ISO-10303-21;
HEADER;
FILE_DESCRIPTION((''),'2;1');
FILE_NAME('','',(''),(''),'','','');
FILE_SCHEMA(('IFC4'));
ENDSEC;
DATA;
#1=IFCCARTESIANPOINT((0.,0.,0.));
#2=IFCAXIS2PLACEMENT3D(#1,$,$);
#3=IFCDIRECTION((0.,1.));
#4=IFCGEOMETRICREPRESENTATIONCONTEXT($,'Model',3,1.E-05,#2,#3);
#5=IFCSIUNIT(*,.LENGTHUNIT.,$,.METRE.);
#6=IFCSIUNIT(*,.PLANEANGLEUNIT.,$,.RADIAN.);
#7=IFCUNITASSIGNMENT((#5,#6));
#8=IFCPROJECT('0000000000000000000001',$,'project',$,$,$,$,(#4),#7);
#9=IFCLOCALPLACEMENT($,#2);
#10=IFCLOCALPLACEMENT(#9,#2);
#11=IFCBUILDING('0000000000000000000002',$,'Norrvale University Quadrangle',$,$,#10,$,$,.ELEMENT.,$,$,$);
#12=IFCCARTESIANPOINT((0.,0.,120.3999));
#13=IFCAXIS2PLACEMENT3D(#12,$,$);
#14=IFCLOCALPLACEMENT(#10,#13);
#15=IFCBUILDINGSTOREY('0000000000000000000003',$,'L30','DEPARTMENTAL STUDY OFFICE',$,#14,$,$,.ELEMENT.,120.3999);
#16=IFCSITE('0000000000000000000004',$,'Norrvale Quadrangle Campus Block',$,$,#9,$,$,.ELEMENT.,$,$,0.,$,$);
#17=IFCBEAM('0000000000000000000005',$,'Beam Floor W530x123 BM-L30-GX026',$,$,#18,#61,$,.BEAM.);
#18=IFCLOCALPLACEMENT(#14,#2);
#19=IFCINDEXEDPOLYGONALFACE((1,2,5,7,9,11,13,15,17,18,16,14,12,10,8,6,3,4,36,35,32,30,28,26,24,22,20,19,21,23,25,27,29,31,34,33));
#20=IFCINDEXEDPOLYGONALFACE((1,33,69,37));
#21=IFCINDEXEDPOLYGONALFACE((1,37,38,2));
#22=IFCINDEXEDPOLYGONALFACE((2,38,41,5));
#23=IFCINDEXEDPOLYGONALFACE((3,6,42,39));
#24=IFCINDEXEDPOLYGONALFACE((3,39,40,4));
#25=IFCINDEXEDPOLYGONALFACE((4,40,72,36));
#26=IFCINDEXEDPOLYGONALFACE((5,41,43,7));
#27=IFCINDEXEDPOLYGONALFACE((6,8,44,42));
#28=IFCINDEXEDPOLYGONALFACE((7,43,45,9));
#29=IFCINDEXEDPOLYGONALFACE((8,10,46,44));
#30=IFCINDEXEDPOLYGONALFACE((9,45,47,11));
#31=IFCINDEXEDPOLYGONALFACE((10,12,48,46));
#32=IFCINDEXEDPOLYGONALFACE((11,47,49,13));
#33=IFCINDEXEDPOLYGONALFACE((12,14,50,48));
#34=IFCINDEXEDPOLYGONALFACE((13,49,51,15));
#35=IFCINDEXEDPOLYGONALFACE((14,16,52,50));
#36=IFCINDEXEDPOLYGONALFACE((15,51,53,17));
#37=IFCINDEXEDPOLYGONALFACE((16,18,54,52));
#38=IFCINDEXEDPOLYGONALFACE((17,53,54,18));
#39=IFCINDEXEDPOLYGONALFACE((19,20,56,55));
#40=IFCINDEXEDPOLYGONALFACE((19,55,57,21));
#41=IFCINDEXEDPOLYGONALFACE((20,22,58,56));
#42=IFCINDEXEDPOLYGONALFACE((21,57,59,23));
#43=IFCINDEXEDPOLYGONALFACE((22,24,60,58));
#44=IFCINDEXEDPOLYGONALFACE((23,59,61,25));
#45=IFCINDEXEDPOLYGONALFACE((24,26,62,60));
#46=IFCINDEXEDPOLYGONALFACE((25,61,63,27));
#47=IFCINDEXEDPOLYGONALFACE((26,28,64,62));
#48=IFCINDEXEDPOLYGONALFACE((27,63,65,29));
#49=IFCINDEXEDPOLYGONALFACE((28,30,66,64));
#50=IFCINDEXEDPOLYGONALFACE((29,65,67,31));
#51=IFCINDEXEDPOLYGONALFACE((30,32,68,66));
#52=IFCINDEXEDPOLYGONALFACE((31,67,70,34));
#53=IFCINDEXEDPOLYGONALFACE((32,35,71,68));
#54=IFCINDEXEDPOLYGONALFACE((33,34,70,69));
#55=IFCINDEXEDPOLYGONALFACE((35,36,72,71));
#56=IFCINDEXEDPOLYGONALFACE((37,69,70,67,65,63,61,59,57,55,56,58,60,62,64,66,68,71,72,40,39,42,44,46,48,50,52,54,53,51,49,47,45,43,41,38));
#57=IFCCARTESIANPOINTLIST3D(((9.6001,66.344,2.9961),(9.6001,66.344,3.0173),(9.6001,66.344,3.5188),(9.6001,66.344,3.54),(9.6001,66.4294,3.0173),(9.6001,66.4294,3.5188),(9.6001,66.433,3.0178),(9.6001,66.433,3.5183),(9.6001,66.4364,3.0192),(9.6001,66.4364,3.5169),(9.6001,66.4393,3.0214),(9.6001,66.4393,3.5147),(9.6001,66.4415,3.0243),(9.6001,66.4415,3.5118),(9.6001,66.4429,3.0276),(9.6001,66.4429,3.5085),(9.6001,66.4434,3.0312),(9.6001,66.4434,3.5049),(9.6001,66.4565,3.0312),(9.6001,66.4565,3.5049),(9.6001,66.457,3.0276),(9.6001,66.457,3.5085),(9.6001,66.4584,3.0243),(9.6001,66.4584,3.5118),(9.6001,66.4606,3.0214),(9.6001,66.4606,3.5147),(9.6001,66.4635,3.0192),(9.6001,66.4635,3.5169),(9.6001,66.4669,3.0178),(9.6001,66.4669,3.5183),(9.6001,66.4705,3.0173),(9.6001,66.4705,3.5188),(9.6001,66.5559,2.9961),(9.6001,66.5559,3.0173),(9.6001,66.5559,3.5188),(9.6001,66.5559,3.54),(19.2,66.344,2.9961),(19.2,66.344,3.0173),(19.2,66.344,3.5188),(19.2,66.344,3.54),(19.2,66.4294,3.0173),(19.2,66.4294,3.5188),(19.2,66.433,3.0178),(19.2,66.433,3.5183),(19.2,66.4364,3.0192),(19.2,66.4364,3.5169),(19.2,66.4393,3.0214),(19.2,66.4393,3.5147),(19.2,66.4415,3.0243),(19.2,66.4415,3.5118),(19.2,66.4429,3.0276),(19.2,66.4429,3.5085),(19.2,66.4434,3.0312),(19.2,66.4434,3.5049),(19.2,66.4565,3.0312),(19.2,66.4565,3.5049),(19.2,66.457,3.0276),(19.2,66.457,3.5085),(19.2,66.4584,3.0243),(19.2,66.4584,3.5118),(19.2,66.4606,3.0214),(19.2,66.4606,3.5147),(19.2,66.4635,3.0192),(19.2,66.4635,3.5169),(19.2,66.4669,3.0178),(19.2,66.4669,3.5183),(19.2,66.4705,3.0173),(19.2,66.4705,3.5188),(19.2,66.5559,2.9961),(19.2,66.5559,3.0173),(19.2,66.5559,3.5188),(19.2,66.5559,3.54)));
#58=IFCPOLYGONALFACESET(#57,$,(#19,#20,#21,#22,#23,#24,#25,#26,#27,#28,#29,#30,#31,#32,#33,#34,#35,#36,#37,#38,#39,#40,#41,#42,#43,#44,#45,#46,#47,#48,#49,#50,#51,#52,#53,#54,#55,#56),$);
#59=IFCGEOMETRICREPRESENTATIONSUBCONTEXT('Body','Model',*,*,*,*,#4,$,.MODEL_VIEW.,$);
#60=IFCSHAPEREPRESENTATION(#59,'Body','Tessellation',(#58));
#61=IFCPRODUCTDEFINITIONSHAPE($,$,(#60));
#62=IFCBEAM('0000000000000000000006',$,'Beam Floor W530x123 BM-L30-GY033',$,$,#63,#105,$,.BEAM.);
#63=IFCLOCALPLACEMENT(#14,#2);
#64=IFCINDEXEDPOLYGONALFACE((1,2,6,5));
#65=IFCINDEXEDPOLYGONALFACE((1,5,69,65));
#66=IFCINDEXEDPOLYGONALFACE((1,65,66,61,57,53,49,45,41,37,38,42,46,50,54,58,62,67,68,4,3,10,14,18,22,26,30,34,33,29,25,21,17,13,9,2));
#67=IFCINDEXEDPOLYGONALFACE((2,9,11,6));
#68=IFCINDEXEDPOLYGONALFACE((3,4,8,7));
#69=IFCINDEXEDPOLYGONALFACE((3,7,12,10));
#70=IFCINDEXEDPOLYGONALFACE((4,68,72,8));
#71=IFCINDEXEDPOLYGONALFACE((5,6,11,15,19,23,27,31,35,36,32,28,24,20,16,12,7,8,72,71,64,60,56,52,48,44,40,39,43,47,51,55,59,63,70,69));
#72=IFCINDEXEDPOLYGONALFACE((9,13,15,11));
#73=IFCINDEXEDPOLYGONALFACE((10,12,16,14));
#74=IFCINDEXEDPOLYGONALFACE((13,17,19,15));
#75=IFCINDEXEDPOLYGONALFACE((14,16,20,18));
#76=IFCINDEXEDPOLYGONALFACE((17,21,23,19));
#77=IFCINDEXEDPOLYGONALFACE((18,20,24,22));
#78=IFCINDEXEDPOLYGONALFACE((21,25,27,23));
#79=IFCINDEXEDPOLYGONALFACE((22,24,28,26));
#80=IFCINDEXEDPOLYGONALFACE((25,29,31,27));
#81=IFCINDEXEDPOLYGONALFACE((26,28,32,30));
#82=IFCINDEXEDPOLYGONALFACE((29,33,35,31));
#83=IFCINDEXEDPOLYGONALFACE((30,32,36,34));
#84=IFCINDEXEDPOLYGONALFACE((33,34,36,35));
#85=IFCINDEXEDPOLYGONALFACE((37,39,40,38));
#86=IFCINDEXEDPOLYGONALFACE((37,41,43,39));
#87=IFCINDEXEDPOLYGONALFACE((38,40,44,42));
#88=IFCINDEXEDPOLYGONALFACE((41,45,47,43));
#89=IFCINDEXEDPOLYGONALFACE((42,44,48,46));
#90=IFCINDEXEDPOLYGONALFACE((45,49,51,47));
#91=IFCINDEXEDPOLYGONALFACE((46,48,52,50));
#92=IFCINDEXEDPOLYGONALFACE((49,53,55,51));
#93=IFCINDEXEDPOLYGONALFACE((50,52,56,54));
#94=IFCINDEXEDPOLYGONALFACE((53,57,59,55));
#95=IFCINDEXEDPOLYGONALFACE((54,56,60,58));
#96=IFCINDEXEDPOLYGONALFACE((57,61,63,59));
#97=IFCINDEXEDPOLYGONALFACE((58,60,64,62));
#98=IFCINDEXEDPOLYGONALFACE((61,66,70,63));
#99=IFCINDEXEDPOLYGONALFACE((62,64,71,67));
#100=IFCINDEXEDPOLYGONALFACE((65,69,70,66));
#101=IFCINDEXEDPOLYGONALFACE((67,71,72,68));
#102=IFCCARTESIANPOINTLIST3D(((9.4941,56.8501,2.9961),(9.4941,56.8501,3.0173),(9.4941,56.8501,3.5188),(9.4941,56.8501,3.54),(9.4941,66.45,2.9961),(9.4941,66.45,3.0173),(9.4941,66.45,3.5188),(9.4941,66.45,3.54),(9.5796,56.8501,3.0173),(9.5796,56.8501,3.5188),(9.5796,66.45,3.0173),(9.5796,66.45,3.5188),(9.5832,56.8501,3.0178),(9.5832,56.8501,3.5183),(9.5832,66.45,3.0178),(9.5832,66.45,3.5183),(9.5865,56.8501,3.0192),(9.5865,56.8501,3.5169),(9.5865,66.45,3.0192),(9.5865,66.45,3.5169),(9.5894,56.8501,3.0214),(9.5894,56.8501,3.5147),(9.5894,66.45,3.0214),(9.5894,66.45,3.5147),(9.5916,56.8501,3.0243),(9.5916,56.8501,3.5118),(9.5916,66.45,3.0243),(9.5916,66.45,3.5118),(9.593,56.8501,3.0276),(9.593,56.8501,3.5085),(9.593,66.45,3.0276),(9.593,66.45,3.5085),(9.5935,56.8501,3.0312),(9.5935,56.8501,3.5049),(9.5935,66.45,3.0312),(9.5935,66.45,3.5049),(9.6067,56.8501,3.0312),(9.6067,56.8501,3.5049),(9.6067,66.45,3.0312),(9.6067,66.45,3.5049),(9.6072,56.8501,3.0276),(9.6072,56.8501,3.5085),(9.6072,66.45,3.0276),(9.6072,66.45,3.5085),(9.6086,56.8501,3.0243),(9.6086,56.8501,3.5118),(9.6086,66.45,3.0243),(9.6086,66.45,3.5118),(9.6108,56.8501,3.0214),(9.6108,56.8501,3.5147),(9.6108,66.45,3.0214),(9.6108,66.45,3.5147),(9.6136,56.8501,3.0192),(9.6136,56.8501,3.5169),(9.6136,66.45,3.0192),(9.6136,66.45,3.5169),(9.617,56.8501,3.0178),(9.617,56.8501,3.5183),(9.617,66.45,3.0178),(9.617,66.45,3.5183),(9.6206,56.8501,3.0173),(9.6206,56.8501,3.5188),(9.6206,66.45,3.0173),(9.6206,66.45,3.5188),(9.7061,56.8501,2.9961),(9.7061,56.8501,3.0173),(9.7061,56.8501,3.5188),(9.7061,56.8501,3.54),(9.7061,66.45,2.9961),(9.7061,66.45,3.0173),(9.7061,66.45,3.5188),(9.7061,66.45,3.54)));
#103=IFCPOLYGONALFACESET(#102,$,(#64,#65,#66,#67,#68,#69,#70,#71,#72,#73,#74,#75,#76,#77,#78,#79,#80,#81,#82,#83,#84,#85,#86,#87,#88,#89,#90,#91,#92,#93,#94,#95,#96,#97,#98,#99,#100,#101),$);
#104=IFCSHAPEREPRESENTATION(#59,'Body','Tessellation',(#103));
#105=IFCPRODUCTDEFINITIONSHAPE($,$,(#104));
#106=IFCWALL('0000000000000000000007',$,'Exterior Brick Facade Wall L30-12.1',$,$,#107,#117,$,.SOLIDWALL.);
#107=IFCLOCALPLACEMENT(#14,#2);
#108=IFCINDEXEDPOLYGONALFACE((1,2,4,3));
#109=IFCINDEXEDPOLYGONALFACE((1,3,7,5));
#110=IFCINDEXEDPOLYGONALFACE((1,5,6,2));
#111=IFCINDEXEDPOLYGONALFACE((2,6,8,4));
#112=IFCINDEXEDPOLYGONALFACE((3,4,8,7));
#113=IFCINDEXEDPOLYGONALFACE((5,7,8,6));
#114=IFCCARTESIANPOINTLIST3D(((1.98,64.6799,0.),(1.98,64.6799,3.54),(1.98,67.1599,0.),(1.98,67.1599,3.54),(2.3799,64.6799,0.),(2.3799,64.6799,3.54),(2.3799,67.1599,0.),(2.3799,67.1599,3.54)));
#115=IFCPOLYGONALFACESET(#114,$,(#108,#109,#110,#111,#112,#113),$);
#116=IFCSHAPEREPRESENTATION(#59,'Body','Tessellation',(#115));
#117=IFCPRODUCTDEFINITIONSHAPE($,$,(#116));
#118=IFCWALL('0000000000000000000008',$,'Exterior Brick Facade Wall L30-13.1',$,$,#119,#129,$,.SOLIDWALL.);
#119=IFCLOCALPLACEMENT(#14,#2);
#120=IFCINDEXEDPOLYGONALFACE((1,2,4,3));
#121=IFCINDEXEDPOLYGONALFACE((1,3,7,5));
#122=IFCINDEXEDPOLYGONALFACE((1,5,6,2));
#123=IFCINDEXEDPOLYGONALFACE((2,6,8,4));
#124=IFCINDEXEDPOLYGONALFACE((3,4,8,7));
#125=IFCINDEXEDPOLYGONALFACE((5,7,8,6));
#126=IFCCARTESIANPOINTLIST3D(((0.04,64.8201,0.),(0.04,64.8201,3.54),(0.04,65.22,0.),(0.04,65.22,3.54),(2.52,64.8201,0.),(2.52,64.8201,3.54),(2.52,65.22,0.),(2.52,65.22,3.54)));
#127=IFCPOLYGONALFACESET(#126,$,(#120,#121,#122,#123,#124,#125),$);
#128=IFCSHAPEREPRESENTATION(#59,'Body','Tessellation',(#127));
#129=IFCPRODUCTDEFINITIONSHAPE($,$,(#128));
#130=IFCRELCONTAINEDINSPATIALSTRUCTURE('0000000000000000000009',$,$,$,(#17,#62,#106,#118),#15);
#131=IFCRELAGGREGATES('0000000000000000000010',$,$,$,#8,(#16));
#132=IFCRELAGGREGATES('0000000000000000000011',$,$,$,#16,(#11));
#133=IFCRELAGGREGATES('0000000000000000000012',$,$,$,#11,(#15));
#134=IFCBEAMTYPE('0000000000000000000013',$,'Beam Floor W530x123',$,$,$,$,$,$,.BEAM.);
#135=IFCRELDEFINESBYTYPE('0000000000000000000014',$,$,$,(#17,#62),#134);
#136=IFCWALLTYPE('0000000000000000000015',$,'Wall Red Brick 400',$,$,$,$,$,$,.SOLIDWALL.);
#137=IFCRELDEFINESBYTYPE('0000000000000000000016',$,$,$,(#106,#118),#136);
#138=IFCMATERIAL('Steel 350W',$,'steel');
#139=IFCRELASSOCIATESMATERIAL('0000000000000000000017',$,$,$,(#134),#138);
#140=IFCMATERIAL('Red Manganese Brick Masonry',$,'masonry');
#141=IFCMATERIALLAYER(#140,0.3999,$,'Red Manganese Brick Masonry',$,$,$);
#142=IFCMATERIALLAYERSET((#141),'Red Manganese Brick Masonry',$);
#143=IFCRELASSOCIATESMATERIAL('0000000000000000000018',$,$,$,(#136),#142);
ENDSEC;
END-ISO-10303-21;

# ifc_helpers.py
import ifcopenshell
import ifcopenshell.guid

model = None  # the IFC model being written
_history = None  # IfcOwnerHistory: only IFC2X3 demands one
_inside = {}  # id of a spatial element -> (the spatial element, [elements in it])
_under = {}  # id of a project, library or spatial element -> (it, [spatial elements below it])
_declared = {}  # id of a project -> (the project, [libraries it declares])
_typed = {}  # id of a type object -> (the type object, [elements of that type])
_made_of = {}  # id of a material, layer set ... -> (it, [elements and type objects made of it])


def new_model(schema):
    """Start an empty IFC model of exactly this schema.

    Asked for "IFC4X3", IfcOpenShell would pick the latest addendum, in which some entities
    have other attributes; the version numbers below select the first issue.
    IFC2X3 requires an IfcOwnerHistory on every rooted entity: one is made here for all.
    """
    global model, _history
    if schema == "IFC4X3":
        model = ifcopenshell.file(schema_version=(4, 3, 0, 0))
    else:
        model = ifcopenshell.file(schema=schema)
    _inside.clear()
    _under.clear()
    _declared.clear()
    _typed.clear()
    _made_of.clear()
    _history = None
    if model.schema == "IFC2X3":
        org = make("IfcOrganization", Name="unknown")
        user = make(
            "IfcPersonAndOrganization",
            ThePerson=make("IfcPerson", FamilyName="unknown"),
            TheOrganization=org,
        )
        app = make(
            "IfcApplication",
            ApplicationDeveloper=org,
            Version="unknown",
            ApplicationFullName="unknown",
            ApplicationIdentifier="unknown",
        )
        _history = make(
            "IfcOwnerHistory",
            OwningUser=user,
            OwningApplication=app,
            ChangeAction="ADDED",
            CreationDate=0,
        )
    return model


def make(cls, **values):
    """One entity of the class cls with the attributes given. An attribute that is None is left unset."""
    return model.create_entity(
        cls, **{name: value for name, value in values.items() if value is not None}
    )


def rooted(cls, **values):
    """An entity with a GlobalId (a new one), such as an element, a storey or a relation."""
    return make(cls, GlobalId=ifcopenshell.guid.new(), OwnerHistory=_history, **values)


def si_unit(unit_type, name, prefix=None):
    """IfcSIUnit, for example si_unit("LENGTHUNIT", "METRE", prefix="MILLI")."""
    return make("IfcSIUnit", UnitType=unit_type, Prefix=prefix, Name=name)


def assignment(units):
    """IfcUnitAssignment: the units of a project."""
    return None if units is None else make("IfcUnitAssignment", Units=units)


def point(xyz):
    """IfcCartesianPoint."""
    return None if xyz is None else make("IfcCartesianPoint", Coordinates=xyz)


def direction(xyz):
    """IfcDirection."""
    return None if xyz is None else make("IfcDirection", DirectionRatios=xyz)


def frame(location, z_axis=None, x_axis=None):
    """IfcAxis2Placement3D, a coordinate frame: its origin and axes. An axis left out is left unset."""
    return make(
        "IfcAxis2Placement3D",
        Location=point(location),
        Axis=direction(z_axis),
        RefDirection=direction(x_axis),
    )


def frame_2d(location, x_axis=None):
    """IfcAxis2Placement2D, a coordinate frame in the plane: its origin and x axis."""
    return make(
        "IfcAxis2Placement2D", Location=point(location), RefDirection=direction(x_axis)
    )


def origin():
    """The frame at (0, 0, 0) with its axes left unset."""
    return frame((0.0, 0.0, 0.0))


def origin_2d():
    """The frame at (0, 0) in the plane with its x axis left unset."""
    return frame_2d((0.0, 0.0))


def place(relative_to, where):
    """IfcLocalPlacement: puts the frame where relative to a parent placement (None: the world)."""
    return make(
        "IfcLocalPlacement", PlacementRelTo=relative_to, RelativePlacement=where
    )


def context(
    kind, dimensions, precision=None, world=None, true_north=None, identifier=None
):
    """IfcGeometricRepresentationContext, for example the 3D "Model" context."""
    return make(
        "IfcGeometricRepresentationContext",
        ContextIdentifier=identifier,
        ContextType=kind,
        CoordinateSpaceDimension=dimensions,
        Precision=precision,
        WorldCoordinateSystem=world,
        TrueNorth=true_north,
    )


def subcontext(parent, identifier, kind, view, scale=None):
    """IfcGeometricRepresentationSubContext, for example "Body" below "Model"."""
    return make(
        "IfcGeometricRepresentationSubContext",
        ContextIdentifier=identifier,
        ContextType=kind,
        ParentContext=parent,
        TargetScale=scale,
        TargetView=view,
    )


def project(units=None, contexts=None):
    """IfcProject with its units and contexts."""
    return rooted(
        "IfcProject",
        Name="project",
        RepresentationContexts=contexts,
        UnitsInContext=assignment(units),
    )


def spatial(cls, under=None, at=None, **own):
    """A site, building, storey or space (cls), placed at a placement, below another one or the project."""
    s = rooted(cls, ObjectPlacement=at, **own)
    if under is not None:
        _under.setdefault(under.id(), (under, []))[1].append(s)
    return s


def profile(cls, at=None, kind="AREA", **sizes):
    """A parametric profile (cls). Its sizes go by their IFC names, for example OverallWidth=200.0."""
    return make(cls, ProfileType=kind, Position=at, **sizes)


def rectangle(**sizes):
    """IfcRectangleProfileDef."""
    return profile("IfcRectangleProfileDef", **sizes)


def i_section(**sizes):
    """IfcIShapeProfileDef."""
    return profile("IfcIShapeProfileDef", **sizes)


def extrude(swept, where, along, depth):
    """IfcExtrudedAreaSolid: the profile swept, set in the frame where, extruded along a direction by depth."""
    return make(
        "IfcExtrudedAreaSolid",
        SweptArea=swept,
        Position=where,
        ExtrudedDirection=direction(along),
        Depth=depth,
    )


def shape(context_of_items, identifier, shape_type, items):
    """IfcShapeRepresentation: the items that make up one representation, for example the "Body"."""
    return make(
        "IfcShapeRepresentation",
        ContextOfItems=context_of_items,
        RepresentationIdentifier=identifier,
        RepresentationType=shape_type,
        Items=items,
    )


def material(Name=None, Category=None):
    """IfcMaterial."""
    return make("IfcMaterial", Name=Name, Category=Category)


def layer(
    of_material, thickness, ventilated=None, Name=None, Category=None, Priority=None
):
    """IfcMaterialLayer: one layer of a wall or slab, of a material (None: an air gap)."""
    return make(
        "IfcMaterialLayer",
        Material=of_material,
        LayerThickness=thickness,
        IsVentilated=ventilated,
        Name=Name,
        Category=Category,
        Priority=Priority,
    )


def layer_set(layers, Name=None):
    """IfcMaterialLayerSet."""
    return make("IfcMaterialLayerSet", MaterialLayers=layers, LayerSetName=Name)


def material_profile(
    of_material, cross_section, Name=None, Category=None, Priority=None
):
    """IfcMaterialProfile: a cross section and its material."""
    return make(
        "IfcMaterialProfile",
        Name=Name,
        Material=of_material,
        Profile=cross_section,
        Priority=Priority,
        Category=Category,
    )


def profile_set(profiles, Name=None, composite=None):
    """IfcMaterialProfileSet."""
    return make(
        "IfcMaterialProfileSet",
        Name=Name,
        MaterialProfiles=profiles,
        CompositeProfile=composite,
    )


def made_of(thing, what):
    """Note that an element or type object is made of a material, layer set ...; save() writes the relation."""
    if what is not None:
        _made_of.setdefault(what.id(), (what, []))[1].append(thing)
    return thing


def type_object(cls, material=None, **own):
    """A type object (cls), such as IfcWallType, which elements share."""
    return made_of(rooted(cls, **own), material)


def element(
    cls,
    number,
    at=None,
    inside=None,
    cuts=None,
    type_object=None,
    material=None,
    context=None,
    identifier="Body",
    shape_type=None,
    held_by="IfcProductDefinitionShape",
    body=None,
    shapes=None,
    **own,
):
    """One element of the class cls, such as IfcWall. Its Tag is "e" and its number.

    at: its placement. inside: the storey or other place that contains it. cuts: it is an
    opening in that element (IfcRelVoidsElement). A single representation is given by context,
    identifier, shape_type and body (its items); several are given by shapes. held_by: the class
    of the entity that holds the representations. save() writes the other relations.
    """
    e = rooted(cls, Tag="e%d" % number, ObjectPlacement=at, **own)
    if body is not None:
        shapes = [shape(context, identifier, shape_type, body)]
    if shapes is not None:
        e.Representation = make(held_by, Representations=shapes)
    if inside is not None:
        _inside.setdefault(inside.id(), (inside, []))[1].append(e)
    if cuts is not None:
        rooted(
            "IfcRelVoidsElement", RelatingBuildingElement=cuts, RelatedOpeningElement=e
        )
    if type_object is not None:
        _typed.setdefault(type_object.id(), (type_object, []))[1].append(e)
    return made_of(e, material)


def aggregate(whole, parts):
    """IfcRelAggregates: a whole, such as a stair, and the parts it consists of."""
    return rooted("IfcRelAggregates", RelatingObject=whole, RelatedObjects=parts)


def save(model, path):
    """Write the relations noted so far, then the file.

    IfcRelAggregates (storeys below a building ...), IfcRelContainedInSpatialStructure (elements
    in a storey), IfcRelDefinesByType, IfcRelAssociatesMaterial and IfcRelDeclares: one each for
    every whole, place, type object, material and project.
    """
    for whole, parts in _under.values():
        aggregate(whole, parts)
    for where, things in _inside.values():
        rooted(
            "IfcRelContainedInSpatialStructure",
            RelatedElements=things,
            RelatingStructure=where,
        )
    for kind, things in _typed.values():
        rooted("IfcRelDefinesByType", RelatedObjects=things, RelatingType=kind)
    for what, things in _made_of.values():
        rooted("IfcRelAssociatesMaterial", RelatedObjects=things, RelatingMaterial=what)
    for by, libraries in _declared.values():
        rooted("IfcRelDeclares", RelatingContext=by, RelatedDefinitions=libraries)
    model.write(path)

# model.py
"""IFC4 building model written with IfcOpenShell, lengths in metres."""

from ifc_helpers import new_model, si_unit, direction, frame, frame_2d, origin, origin_2d, place, context, subcontext, project, spatial, rectangle, i_section, extrude, material, layer, layer_set, material_profile, profile_set, type_object, element, save


model = new_model("IFC4")

# Units and contexts
model_context = context("Model", 3, precision=1e-05, world=origin(), true_north=direction((0.0, 1.0)))
body_context = subcontext(model_context, "Body", "Model", "MODEL_VIEW")
ifc_project = project(units=[si_unit("LENGTHUNIT", "METRE"), si_unit("PLANEANGLEUNIT", "RADIAN")], contexts=[model_context])

# Site, building, storey
site_placement = place(None, origin())
site = spatial("IfcSite", under=ifc_project, at=site_placement, Name="Norrvale Quadrangle Campus Block", CompositionType="ELEMENT", RefElevation=0.0)
building_placement = place(site_placement, origin())
building = spatial("IfcBuilding", under=site, at=building_placement, Name="Norrvale University Quadrangle", CompositionType="ELEMENT")
storey_placement = place(building_placement, frame((0.0, 0.0, 120.3999)))
storey = spatial("IfcBuildingStorey", under=building, at=storey_placement, Name="L30", Description="DEPARTMENTAL STUDY OFFICE", CompositionType="ELEMENT", Elevation=120.3999)

# Beams
ifc_material_1 = material(Name="Steel 350W", Category="steel")
ifc_material_profile_1 = material_profile(ifc_material_1, i_section(OverallWidth=0.2119, OverallDepth=0.5439, WebThickness=0.0132, FlangeThickness=0.0212, FilletRadius=0.0139, at=origin_2d()), Name="Steel 350W")
ifc_profile_set_1 = profile_set([ifc_material_profile_1], Name="Steel 350W")
beam_type_1 = type_object("IfcBeamType", Name="Beam Floor W530x123", PredefinedType="BEAM", material=ifc_profile_set_1)
for number, where, z_axis, x_axis, name in (
    (1, (9.6001, 66.45, 3.2681), (1.0, 0.0, 0.0), (0.0, 1.0, 0.0), "Beam Floor W530x123 BM-L30-GX026"),
    (2, (9.6001, 56.8501, 3.2681), (0.0, 1.0, 0.0), (-1.0, 0.0, 0.0), "Beam Floor W530x123 BM-L30-GY033"),
):
    element("IfcBeam", number, at=place(storey_placement, frame(where, z_axis=z_axis, x_axis=x_axis)), inside=storey, type_object=beam_type_1, Name=name, PredefinedType="BEAM", context=body_context, shape_type="SweptSolid", body=[
        extrude(i_section(OverallWidth=0.2119, OverallDepth=0.5439, WebThickness=0.0132, FlangeThickness=0.0212, FilletRadius=0.0139, at=origin_2d()), origin(), (0.0, 0.0, 1.0), 9.5999),
    ])

# Walls
ifc_material_2 = material(Name="Red Manganese Brick Masonry", Category="masonry")
ifc_layer = layer(ifc_material_2, 0.3999, Name="Red Manganese Brick Masonry")
ifc_layer_set = layer_set([ifc_layer], Name="Red Manganese Brick Masonry")
wall_type = type_object("IfcWallType", Name="Wall Red Brick 400", PredefinedType="SOLIDWALL", material=ifc_layer_set)
for number, where, z_axis, x_axis, name in (
    (3, (2.1799, 67.1599, 0.0), (0.0, 0.0, 1.0), (0.0, -1.0, 0.0), "Exterior Brick Facade Wall L30-12.1"),
    (4, (2.52, 65.02, 0.0), (0.0, 0.0, 1.0), (-1.0, 0.0, 0.0), "Exterior Brick Facade Wall L30-13.1"),
):
    element("IfcWall", number, at=place(storey_placement, frame(where, z_axis=z_axis, x_axis=x_axis)), inside=storey, type_object=wall_type, Name=name, PredefinedType="SOLIDWALL", context=body_context, shape_type="SweptSolid", body=[
        extrude(rectangle(XDim=2.48, YDim=0.3999, at=frame_2d((1.24, 0.0))), origin(), (0.0, 0.0, 1.0), 3.54),
    ])

save(model, "model.ifc")
